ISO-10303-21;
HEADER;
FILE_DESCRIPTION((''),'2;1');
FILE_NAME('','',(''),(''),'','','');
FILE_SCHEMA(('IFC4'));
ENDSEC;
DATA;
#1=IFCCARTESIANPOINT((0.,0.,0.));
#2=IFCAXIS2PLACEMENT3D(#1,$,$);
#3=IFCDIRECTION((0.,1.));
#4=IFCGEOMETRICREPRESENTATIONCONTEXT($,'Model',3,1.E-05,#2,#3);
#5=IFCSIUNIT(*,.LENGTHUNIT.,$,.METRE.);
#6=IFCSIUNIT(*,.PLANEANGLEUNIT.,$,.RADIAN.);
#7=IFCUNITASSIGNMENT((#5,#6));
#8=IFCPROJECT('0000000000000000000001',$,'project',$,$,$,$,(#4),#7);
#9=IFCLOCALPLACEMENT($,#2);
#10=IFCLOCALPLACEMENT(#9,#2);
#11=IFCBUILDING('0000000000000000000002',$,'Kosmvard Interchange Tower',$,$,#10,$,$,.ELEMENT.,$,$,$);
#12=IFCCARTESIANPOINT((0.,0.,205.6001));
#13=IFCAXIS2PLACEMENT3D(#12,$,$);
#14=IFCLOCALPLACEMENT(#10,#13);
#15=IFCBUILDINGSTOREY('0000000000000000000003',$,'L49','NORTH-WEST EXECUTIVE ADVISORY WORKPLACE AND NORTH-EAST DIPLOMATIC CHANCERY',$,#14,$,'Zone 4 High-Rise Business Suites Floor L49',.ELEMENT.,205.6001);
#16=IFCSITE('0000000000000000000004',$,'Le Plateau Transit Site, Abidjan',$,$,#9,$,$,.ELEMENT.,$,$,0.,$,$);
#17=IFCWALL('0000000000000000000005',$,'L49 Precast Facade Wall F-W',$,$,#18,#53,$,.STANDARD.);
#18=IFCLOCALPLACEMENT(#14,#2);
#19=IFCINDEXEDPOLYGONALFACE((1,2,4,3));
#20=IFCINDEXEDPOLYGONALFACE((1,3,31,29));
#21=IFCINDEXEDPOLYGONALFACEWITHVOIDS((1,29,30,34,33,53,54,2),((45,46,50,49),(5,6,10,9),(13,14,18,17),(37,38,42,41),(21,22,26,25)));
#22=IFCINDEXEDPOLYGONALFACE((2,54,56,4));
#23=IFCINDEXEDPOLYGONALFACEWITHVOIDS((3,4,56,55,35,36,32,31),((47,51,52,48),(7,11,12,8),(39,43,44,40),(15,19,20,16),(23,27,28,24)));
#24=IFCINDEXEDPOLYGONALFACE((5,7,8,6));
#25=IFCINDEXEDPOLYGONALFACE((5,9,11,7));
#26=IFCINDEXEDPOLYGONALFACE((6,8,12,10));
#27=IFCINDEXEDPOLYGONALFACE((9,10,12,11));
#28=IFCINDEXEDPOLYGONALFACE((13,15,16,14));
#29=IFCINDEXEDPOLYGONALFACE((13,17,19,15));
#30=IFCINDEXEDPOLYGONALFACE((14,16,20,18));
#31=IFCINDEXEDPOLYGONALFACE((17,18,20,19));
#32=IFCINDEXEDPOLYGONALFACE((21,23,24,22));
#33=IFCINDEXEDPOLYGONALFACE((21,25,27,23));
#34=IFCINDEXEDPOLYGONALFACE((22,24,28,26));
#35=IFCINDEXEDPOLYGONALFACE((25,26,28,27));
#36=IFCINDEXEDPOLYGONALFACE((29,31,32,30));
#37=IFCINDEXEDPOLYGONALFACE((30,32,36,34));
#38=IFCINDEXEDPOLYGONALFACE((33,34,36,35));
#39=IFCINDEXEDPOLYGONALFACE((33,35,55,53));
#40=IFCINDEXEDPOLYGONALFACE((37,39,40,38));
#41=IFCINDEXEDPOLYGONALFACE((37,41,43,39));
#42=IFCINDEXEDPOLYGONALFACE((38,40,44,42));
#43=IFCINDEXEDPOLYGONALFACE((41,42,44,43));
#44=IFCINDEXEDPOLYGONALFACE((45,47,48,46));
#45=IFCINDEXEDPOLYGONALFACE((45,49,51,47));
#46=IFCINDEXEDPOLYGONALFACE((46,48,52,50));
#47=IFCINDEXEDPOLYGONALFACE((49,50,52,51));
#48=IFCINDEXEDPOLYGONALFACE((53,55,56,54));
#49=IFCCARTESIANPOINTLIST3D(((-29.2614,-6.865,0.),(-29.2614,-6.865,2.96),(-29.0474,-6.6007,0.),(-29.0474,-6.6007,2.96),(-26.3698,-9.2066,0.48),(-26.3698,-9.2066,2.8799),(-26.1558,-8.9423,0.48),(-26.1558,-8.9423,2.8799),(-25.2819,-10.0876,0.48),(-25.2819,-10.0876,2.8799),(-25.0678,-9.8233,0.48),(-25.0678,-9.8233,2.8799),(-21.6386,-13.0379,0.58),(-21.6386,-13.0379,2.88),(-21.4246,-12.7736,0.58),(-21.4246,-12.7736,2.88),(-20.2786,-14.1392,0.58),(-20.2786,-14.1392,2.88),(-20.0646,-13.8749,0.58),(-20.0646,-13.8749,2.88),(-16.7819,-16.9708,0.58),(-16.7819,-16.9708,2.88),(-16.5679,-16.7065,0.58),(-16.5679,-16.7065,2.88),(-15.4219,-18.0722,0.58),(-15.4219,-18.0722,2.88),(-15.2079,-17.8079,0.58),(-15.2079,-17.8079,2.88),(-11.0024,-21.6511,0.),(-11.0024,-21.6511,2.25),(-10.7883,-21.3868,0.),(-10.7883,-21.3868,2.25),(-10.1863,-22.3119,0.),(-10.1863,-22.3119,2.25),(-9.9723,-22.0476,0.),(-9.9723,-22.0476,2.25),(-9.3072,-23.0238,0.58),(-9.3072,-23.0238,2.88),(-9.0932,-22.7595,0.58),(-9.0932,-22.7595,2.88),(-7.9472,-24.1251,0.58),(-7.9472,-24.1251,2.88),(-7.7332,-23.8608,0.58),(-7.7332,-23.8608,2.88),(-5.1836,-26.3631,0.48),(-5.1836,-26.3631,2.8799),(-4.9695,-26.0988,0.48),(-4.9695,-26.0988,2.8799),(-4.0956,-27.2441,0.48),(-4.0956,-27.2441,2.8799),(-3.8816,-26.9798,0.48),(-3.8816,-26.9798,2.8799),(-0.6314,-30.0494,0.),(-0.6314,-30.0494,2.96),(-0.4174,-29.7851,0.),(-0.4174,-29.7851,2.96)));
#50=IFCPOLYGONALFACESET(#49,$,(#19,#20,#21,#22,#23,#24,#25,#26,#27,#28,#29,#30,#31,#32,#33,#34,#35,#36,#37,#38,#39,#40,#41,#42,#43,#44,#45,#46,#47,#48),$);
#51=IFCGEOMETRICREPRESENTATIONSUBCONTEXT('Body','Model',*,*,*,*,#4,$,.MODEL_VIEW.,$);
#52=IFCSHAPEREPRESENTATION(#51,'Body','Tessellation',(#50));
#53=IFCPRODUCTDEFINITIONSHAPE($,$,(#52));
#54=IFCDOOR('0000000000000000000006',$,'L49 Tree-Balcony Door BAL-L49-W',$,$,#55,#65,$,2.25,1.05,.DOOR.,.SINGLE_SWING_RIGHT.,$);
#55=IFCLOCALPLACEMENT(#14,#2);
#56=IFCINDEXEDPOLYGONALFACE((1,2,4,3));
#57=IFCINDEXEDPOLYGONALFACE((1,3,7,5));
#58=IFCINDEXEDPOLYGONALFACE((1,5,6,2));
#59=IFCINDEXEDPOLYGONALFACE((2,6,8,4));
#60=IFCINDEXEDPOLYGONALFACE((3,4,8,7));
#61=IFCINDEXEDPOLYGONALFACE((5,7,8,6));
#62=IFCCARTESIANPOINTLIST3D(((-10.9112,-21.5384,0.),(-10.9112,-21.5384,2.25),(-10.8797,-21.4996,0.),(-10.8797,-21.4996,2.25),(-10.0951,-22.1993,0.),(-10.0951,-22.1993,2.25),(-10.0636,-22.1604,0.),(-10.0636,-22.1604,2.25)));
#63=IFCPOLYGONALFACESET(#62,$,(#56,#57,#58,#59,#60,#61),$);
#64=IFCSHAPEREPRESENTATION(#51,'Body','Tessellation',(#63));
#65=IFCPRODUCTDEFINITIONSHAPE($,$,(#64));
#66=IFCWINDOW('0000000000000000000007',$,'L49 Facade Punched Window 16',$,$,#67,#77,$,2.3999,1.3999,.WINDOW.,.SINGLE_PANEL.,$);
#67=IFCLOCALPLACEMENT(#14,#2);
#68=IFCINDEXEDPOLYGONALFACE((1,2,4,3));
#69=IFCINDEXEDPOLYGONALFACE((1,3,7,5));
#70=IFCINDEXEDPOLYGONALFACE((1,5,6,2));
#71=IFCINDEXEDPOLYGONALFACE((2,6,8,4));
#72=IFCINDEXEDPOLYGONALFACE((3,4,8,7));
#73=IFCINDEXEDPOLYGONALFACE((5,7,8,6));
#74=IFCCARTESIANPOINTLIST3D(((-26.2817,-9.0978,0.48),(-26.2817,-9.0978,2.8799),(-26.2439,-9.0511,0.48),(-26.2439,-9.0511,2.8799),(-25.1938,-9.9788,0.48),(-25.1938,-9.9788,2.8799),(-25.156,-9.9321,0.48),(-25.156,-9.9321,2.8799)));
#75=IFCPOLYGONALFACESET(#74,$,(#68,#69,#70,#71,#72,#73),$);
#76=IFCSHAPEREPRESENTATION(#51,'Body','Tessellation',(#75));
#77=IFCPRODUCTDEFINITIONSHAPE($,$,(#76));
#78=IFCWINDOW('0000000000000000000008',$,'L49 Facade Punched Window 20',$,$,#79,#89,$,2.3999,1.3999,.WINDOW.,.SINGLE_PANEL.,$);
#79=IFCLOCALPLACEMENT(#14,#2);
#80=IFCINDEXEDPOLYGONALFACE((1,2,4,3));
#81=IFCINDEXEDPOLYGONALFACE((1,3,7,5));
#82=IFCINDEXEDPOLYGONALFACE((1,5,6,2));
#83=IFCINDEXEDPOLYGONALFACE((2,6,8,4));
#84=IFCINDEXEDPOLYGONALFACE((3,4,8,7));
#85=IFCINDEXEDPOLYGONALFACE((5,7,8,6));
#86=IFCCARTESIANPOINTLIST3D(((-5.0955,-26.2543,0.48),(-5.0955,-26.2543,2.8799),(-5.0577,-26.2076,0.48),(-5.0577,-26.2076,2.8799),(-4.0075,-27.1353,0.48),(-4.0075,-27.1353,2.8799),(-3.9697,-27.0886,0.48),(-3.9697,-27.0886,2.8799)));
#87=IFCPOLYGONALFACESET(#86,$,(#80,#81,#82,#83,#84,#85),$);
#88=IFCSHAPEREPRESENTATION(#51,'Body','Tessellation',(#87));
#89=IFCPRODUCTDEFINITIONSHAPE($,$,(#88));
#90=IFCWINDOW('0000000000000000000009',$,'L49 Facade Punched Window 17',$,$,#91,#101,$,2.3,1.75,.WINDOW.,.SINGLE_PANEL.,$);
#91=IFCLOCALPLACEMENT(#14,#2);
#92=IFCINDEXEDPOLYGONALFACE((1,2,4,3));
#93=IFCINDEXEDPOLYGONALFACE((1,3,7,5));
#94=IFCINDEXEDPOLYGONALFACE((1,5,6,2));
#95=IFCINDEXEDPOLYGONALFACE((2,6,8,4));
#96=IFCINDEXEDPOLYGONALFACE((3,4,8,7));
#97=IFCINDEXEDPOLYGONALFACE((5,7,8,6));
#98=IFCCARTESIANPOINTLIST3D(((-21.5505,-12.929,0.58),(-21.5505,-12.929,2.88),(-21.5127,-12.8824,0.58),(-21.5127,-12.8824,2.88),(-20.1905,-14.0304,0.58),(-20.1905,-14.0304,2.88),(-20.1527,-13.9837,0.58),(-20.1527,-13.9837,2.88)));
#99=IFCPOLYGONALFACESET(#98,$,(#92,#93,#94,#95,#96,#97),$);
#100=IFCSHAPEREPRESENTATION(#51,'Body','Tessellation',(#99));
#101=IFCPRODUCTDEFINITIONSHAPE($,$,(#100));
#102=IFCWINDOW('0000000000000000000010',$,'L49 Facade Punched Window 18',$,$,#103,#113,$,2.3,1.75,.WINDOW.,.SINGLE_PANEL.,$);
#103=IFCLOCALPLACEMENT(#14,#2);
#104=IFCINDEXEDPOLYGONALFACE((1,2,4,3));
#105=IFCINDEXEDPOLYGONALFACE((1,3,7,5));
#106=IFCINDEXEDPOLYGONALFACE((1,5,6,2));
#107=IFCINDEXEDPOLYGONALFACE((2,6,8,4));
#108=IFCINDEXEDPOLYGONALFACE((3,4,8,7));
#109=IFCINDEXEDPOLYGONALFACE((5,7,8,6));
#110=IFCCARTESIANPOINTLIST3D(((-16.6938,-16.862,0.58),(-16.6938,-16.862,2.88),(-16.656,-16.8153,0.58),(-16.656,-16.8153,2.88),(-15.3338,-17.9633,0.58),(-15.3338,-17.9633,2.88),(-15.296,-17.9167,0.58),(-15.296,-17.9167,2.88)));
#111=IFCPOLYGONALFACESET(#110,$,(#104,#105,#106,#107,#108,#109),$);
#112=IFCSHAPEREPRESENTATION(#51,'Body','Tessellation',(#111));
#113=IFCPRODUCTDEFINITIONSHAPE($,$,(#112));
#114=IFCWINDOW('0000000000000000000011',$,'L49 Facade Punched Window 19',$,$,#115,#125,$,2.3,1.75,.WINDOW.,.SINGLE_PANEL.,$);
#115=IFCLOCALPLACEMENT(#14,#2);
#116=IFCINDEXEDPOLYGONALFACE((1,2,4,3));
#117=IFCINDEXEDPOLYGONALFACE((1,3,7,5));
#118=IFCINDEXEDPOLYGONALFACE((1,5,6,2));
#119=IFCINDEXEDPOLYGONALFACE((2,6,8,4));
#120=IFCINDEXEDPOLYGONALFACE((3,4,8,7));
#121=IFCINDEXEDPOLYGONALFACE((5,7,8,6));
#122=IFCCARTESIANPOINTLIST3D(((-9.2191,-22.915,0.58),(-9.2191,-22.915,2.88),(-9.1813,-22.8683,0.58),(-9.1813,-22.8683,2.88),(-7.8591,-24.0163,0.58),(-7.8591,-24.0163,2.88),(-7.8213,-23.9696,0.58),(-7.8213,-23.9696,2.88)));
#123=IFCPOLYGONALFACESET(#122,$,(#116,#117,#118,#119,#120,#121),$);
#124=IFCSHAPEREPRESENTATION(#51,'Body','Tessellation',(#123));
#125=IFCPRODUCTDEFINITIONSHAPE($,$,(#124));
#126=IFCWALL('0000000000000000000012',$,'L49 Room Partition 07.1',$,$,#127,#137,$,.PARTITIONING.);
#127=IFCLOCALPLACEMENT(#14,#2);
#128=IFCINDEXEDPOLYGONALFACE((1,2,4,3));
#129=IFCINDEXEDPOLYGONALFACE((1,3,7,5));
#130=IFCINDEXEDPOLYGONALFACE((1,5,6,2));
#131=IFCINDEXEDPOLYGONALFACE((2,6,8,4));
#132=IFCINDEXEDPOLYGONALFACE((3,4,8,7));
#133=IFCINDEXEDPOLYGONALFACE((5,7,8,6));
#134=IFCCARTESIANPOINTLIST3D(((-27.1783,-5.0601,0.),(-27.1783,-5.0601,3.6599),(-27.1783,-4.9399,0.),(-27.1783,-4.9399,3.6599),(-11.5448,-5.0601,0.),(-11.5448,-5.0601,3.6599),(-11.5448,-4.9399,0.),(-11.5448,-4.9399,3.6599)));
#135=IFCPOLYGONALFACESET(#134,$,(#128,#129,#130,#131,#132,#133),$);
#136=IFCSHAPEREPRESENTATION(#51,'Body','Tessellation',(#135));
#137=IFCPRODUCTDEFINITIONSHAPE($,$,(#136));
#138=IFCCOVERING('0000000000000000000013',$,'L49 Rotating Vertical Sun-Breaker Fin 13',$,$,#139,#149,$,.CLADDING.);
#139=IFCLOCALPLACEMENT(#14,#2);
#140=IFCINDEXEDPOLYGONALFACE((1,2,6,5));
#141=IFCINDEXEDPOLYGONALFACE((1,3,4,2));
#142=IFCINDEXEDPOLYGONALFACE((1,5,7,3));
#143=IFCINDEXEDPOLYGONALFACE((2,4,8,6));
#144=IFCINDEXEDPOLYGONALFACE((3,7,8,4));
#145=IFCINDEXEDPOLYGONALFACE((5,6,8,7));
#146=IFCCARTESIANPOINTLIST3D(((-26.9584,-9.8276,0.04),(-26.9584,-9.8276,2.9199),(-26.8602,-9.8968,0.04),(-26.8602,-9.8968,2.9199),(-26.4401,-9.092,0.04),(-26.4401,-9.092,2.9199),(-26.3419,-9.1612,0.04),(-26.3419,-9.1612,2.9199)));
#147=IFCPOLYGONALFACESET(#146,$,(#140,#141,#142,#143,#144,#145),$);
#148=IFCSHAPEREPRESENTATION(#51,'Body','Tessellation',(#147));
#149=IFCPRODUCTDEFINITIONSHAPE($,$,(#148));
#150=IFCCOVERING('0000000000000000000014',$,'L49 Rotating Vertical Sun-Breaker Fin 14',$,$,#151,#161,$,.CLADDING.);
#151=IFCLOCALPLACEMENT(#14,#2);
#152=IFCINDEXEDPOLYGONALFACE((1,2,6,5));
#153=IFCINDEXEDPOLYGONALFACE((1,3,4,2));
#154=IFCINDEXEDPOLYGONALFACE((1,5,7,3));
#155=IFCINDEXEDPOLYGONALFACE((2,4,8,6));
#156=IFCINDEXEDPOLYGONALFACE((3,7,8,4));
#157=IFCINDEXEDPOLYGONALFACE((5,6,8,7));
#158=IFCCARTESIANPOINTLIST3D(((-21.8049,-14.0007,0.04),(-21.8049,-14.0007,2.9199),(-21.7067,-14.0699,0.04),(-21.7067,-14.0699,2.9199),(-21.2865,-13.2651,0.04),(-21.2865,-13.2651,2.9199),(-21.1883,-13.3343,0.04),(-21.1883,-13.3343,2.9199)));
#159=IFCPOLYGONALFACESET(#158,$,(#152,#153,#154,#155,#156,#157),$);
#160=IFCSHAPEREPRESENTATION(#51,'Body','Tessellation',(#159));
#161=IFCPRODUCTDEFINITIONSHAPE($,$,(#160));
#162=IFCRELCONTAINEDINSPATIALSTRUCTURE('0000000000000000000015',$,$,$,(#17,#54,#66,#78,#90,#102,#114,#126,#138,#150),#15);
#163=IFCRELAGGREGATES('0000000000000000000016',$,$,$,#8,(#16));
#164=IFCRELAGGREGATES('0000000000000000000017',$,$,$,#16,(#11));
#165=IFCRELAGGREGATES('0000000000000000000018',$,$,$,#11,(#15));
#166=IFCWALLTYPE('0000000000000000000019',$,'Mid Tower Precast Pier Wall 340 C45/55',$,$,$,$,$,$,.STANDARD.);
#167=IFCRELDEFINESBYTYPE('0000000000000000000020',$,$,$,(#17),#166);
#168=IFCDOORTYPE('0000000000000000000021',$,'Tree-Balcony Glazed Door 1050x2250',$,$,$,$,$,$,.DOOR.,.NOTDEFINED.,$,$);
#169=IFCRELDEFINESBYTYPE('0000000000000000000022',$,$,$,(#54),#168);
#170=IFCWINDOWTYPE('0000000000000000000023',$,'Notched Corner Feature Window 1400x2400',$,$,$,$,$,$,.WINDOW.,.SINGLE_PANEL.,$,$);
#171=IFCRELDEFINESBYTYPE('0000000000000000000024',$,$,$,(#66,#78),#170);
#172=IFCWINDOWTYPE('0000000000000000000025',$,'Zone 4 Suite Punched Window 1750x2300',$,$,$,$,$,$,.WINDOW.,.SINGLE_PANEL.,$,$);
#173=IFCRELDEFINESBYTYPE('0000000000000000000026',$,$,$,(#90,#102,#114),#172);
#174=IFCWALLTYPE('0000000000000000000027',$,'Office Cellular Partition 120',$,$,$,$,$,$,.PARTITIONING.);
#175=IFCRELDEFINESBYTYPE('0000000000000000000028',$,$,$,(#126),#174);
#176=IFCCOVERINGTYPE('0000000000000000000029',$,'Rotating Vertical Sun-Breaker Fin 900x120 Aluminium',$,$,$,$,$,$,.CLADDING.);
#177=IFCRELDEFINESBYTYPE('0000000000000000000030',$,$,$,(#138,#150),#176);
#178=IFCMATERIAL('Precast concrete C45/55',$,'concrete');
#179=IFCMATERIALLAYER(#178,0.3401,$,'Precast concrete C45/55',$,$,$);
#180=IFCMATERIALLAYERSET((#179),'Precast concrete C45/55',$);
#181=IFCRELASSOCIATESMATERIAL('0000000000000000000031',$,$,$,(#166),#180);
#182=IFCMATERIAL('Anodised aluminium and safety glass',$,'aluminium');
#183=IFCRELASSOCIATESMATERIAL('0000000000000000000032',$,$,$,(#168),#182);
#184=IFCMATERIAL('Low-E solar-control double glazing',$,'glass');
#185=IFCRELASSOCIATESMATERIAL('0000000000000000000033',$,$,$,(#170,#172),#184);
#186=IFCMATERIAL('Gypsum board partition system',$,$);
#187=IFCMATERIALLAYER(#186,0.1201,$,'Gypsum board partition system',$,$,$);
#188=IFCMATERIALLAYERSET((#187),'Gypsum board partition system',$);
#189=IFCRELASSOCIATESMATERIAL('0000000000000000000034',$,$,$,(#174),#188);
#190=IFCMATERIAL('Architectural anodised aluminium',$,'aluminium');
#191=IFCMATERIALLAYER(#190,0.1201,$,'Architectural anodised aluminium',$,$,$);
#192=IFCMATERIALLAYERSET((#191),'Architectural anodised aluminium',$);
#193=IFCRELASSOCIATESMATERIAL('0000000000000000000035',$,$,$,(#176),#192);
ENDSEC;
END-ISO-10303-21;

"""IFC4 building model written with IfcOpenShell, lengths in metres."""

from ifc_helpers import new_model, si_unit, direction, frame, frame_2d, origin, origin_2d, place, context, subcontext, project, spatial, rectangle, extrude, source, transform, mapped, material, layer, layer_set, type_object, element, fill, save


model = new_model("IFC4")

# Units and contexts
model_context = context("Model", 3, precision=1e-05, world=origin(), true_north=direction((0.0, 1.0)))
body_context = subcontext(model_context, "Body", "Model", "MODEL_VIEW")
ifc_project = project(units=[si_unit("LENGTHUNIT", "METRE"), si_unit("PLANEANGLEUNIT", "RADIAN")], contexts=[model_context])

# Site, building, storey
site_placement = place(None, origin())
site = spatial("IfcSite", under=ifc_project, at=site_placement, Name="Le Plateau Transit Site, Abidjan", CompositionType="ELEMENT", RefElevation=0.0)
building_placement = place(site_placement, origin())
building = spatial("IfcBuilding", under=site, at=building_placement, Name="Kosmvard Interchange Tower", CompositionType="ELEMENT")
storey_placement = place(building_placement, frame((0.0, 0.0, 205.6001)))
storey = spatial("IfcBuildingStorey", under=building, at=storey_placement, Name="L49", Description="NORTH-WEST EXECUTIVE ADVISORY WORKPLACE AND NORTH-EAST DIPLOMATIC CHANCERY", LongName="Zone 4 High-Rise Business Suites Floor L49", CompositionType="ELEMENT", Elevation=205.6001)

# Wall, openings, door, windows
ifc_material_1 = material(Name="Precast concrete C45/55", Category="concrete")
ifc_layer_1 = layer(ifc_material_1, 0.3401, Name="Precast concrete C45/55")
ifc_layer_set_1 = layer_set([ifc_layer_1], Name="Precast concrete C45/55")
wall_type_1 = type_object("IfcWallType", Name="Mid Tower Precast Pier Wall 340 C45/55", PredefinedType="STANDARD", material=ifc_layer_set_1)
wall_1_placement = place(storey_placement, frame((-29.1543, -6.7329, 0.0), z_axis=(0.0, 0.0, 1.0), x_axis=(0.777142, -0.629325, 0.0)))
wall_1 = element("IfcWall", 1, at=wall_1_placement, inside=storey, type_object=wall_type_1, Name="L49 Precast Facade Wall F-W", PredefinedType="STANDARD", context=body_context, shape_type="SweptSolid", body=[
    extrude(rectangle(XDim=36.8401, YDim=0.3401, at=frame_2d((18.4199, 0.0))), origin(), (0.0, 0.0, 1.0), 2.96),
])
opening_1_placement = place(wall_1_placement, frame((23.4951, 0.0, 0.0)))
opening_1 = element("IfcOpeningElement", 2, at=opening_1_placement, cuts=wall_1, PredefinedType="OPENING", context=body_context, shape_type="SweptSolid", body=[
    extrude(rectangle(XDim=1.05, YDim=2.25, at=frame_2d((0.5249, 1.125))), frame((0.0, 0.1802, 0.0), z_axis=(0.0, -1.0, 0.0), x_axis=(1.0, 0.0, 0.0)), (0.0, 0.0, 1.0), 0.3601),
])
opening_2_placement = place(wall_1_placement, frame((3.7207, 0.0, 0.48)))
opening_2 = element("IfcOpeningElement", 3, at=opening_2_placement, cuts=wall_1, PredefinedType="OPENING", context=body_context, shape_type="SweptSolid", body=[
    extrude(rectangle(XDim=1.3999, YDim=2.3999, at=frame_2d((0.7, 1.2))), frame((0.0, 0.1802, 0.0), z_axis=(0.0, -1.0, 0.0), x_axis=(1.0, 0.0, 0.0)), (0.0, 0.0, 1.0), 0.3601),
])
opening_3_placement = place(wall_1_placement, frame((9.8086, 0.0, 0.5801)))
opening_3 = element("IfcOpeningElement", 4, at=opening_3_placement, cuts=wall_1, PredefinedType="OPENING", context=body_context, shape_type="SweptSolid", body=[
    extrude(rectangle(XDim=1.75, YDim=2.3, at=frame_2d((0.875, 1.1499))), frame((0.0, 0.1802, 0.0), z_axis=(0.0, -1.0, 0.0), x_axis=(1.0, 0.0, 0.0)), (0.0, 0.0, 1.0), 0.3601),
])
opening_4_placement = place(wall_1_placement, frame((16.0581, 0.0, 0.5801)))
opening_4 = element("IfcOpeningElement", 5, at=opening_4_placement, cuts=wall_1, PredefinedType="OPENING", context=body_context, shape_type="SweptSolid", body=[
    extrude(rectangle(XDim=1.75, YDim=2.3, at=frame_2d((0.875, 1.1499))), frame((0.0, 0.1802, 0.0), z_axis=(0.0, -1.0, 0.0), x_axis=(1.0, 0.0, 0.0)), (0.0, 0.0, 1.0), 0.3601),
])
opening_5_placement = place(wall_1_placement, frame((25.6763, 0.0, 0.5801)))
opening_5 = element("IfcOpeningElement", 6, at=opening_5_placement, cuts=wall_1, PredefinedType="OPENING", context=body_context, shape_type="SweptSolid", body=[
    extrude(rectangle(XDim=1.75, YDim=2.3, at=frame_2d((0.875, 1.1499))), frame((0.0, 0.1802, 0.0), z_axis=(0.0, -1.0, 0.0), x_axis=(1.0, 0.0, 0.0)), (0.0, 0.0, 1.0), 0.3601),
])
opening_6_placement = place(wall_1_placement, frame((30.9824, 0.0, 0.48)))
opening_6 = element("IfcOpeningElement", 7, at=opening_6_placement, cuts=wall_1, PredefinedType="OPENING", context=body_context, shape_type="SweptSolid", body=[
    extrude(rectangle(XDim=1.3999, YDim=2.3999, at=frame_2d((0.7, 1.2))), frame((0.0, 0.1802, 0.0), z_axis=(0.0, -1.0, 0.0), x_axis=(1.0, 0.0, 0.0)), (0.0, 0.0, 1.0), 0.3601),
])
ifc_material_2 = material(Name="Anodised aluminium and safety glass", Category="aluminium")
door_type = type_object("IfcDoorType", Name="Tree-Balcony Glazed Door 1050x2250", OperationType="NOTDEFINED", PredefinedType="DOOR", material=ifc_material_2)
shared_shape_1 = source(origin(), body_context, "Body", "SweptSolid", [
    extrude(rectangle(XDim=1.05, YDim=2.25, at=frame_2d((0.5249, 1.125))), frame((0.0, 0.0249, 0.0), z_axis=(0.0, -1.0, 0.0), x_axis=(1.0, 0.0, 0.0)), (0.0, 0.0, 1.0), 0.05),
])
door_placement = place(opening_1_placement, origin())
door = element("IfcDoor", 8, at=door_placement, inside=storey, type_object=door_type, Name="L49 Tree-Balcony Door BAL-L49-W", OperationType="SINGLE_SWING_RIGHT", OverallHeight=2.25, OverallWidth=1.05, PredefinedType="DOOR", context=body_context, shape_type="MappedRepresentation", body=[
    mapped(shared_shape_1, transform((0.0, 0.0, 0.0), scale=1.0)),
])
fill(opening_1, door)
ifc_material_3 = material(Name="Low-E solar-control double glazing", Category="glass")
window_type_1 = type_object("IfcWindowType", Name="Notched Corner Feature Window 1400x2400", PartitioningType="SINGLE_PANEL", PredefinedType="WINDOW", material=ifc_material_3)
shared_shape_2 = source(origin(), body_context, "Body", "SweptSolid", [
    extrude(rectangle(XDim=1.3999, YDim=2.3999, at=frame_2d((0.7, 1.2))), frame((0.0, 0.03, 0.0), z_axis=(0.0, -1.0, 0.0), x_axis=(1.0, 0.0, 0.0)), (0.0, 0.0, 1.0), 0.0601),
])
window_1_placement = place(opening_2_placement, origin())
window_1 = element("IfcWindow", 9, at=window_1_placement, inside=storey, type_object=window_type_1, Name="L49 Facade Punched Window 16", OverallHeight=2.3999, OverallWidth=1.3999, PartitioningType="SINGLE_PANEL", PredefinedType="WINDOW", context=body_context, shape_type="MappedRepresentation", body=[
    mapped(shared_shape_2, transform((0.0, 0.0, 0.0), scale=1.0)),
])
fill(opening_2, window_1)
window_2_placement = place(opening_6_placement, origin())
window_2 = element("IfcWindow", 10, at=window_2_placement, inside=storey, type_object=window_type_1, Name="L49 Facade Punched Window 20", OverallHeight=2.3999, OverallWidth=1.3999, PartitioningType="SINGLE_PANEL", PredefinedType="WINDOW", context=body_context, shape_type="MappedRepresentation", body=[
    mapped(shared_shape_2, transform((0.0, 0.0, 0.0), scale=1.0)),
])
fill(opening_6, window_2)
window_type_2 = type_object("IfcWindowType", Name="Zone 4 Suite Punched Window 1750x2300", PartitioningType="SINGLE_PANEL", PredefinedType="WINDOW", material=ifc_material_3)
shared_shape_3 = source(origin(), body_context, "Body", "SweptSolid", [
    extrude(rectangle(XDim=1.75, YDim=2.3, at=frame_2d((0.875, 1.1499))), frame((0.0, 0.03, 0.0), z_axis=(0.0, -1.0, 0.0), x_axis=(1.0, 0.0, 0.0)), (0.0, 0.0, 1.0), 0.0601),
])
window_3_placement = place(opening_3_placement, origin())
window_3 = element("IfcWindow", 11, at=window_3_placement, inside=storey, type_object=window_type_2, Name="L49 Facade Punched Window 17", OverallHeight=2.3, OverallWidth=1.75, PartitioningType="SINGLE_PANEL", PredefinedType="WINDOW", context=body_context, shape_type="MappedRepresentation", body=[
    mapped(shared_shape_3, transform((0.0, 0.0, 0.0), scale=1.0)),
])
fill(opening_3, window_3)
window_4_placement = place(opening_4_placement, origin())
window_4 = element("IfcWindow", 12, at=window_4_placement, inside=storey, type_object=window_type_2, Name="L49 Facade Punched Window 18", OverallHeight=2.3, OverallWidth=1.75, PartitioningType="SINGLE_PANEL", PredefinedType="WINDOW", context=body_context, shape_type="MappedRepresentation", body=[
    mapped(shared_shape_3, transform((0.0, 0.0, 0.0), scale=1.0)),
])
fill(opening_4, window_4)
window_5_placement = place(opening_5_placement, origin())
window_5 = element("IfcWindow", 13, at=window_5_placement, inside=storey, type_object=window_type_2, Name="L49 Facade Punched Window 19", OverallHeight=2.3, OverallWidth=1.75, PartitioningType="SINGLE_PANEL", PredefinedType="WINDOW", context=body_context, shape_type="MappedRepresentation", body=[
    mapped(shared_shape_3, transform((0.0, 0.0, 0.0), scale=1.0)),
])
fill(opening_5, window_5)

# Wall
ifc_material_4 = material(Name="Gypsum board partition system")
ifc_layer_2 = layer(ifc_material_4, 0.1201, Name="Gypsum board partition system")
ifc_layer_set_2 = layer_set([ifc_layer_2], Name="Gypsum board partition system")
wall_type_2 = type_object("IfcWallType", Name="Office Cellular Partition 120", PredefinedType="PARTITIONING", material=ifc_layer_set_2)
wall_2_placement = place(storey_placement, frame((-27.1785, -5.0, 0.0), z_axis=(0.0, 0.0, 1.0), x_axis=(1.0, 0.0, 0.0)))
element("IfcWall", 14, at=wall_2_placement, inside=storey, type_object=wall_type_2, Name="L49 Room Partition 07.1", PredefinedType="PARTITIONING", context=body_context, shape_type="SweptSolid", body=[
    extrude(rectangle(XDim=15.6335, YDim=0.1201, at=frame_2d((7.8169, 0.0))), origin(), (0.0, 0.0, 1.0), 3.6599),
])

# Coverings
ifc_material_5 = material(Name="Architectural anodised aluminium", Category="aluminium")
ifc_layer_3 = layer(ifc_material_5, 0.1201, Name="Architectural anodised aluminium")
ifc_layer_set_3 = layer_set([ifc_layer_3], Name="Architectural anodised aluminium")
covering_type = type_object("IfcCoveringType", Name="Rotating Vertical Sun-Breaker Fin 900x120 Aluminium", PredefinedType="CLADDING", material=ifc_layer_set_3)
shared_shape_4 = source(origin(), body_context, "Body", "SweptSolid", [
    extrude(rectangle(XDim=0.8999, YDim=0.1201, at=origin_2d()), origin(), (0.0, 0.0, 1.0), 2.8799),
])
for number, where, z_axis, x_axis, name in (
    (15, (-26.6501, -9.4944, 0.04), (0.0, 0.0, 1.0), (-0.576004, -0.817447, 0.0), "L49 Rotating Vertical Sun-Breaker Fin 13"),
    (16, (-21.4966, -13.6675, 0.04), (0.0, 0.0, 1.0), (-0.576004, -0.817447, 0.0), "L49 Rotating Vertical Sun-Breaker Fin 14"),
):
    element("IfcCovering", number, at=place(storey_placement, frame(where, z_axis=z_axis, x_axis=x_axis)), inside=storey, type_object=covering_type, Name=name, PredefinedType="CLADDING", context=body_context, shape_type="MappedRepresentation", body=[
        mapped(shared_shape_4, transform((0.0, 0.0, 0.0), scale=1.0)),
    ])

save(model, "model.ifc")
